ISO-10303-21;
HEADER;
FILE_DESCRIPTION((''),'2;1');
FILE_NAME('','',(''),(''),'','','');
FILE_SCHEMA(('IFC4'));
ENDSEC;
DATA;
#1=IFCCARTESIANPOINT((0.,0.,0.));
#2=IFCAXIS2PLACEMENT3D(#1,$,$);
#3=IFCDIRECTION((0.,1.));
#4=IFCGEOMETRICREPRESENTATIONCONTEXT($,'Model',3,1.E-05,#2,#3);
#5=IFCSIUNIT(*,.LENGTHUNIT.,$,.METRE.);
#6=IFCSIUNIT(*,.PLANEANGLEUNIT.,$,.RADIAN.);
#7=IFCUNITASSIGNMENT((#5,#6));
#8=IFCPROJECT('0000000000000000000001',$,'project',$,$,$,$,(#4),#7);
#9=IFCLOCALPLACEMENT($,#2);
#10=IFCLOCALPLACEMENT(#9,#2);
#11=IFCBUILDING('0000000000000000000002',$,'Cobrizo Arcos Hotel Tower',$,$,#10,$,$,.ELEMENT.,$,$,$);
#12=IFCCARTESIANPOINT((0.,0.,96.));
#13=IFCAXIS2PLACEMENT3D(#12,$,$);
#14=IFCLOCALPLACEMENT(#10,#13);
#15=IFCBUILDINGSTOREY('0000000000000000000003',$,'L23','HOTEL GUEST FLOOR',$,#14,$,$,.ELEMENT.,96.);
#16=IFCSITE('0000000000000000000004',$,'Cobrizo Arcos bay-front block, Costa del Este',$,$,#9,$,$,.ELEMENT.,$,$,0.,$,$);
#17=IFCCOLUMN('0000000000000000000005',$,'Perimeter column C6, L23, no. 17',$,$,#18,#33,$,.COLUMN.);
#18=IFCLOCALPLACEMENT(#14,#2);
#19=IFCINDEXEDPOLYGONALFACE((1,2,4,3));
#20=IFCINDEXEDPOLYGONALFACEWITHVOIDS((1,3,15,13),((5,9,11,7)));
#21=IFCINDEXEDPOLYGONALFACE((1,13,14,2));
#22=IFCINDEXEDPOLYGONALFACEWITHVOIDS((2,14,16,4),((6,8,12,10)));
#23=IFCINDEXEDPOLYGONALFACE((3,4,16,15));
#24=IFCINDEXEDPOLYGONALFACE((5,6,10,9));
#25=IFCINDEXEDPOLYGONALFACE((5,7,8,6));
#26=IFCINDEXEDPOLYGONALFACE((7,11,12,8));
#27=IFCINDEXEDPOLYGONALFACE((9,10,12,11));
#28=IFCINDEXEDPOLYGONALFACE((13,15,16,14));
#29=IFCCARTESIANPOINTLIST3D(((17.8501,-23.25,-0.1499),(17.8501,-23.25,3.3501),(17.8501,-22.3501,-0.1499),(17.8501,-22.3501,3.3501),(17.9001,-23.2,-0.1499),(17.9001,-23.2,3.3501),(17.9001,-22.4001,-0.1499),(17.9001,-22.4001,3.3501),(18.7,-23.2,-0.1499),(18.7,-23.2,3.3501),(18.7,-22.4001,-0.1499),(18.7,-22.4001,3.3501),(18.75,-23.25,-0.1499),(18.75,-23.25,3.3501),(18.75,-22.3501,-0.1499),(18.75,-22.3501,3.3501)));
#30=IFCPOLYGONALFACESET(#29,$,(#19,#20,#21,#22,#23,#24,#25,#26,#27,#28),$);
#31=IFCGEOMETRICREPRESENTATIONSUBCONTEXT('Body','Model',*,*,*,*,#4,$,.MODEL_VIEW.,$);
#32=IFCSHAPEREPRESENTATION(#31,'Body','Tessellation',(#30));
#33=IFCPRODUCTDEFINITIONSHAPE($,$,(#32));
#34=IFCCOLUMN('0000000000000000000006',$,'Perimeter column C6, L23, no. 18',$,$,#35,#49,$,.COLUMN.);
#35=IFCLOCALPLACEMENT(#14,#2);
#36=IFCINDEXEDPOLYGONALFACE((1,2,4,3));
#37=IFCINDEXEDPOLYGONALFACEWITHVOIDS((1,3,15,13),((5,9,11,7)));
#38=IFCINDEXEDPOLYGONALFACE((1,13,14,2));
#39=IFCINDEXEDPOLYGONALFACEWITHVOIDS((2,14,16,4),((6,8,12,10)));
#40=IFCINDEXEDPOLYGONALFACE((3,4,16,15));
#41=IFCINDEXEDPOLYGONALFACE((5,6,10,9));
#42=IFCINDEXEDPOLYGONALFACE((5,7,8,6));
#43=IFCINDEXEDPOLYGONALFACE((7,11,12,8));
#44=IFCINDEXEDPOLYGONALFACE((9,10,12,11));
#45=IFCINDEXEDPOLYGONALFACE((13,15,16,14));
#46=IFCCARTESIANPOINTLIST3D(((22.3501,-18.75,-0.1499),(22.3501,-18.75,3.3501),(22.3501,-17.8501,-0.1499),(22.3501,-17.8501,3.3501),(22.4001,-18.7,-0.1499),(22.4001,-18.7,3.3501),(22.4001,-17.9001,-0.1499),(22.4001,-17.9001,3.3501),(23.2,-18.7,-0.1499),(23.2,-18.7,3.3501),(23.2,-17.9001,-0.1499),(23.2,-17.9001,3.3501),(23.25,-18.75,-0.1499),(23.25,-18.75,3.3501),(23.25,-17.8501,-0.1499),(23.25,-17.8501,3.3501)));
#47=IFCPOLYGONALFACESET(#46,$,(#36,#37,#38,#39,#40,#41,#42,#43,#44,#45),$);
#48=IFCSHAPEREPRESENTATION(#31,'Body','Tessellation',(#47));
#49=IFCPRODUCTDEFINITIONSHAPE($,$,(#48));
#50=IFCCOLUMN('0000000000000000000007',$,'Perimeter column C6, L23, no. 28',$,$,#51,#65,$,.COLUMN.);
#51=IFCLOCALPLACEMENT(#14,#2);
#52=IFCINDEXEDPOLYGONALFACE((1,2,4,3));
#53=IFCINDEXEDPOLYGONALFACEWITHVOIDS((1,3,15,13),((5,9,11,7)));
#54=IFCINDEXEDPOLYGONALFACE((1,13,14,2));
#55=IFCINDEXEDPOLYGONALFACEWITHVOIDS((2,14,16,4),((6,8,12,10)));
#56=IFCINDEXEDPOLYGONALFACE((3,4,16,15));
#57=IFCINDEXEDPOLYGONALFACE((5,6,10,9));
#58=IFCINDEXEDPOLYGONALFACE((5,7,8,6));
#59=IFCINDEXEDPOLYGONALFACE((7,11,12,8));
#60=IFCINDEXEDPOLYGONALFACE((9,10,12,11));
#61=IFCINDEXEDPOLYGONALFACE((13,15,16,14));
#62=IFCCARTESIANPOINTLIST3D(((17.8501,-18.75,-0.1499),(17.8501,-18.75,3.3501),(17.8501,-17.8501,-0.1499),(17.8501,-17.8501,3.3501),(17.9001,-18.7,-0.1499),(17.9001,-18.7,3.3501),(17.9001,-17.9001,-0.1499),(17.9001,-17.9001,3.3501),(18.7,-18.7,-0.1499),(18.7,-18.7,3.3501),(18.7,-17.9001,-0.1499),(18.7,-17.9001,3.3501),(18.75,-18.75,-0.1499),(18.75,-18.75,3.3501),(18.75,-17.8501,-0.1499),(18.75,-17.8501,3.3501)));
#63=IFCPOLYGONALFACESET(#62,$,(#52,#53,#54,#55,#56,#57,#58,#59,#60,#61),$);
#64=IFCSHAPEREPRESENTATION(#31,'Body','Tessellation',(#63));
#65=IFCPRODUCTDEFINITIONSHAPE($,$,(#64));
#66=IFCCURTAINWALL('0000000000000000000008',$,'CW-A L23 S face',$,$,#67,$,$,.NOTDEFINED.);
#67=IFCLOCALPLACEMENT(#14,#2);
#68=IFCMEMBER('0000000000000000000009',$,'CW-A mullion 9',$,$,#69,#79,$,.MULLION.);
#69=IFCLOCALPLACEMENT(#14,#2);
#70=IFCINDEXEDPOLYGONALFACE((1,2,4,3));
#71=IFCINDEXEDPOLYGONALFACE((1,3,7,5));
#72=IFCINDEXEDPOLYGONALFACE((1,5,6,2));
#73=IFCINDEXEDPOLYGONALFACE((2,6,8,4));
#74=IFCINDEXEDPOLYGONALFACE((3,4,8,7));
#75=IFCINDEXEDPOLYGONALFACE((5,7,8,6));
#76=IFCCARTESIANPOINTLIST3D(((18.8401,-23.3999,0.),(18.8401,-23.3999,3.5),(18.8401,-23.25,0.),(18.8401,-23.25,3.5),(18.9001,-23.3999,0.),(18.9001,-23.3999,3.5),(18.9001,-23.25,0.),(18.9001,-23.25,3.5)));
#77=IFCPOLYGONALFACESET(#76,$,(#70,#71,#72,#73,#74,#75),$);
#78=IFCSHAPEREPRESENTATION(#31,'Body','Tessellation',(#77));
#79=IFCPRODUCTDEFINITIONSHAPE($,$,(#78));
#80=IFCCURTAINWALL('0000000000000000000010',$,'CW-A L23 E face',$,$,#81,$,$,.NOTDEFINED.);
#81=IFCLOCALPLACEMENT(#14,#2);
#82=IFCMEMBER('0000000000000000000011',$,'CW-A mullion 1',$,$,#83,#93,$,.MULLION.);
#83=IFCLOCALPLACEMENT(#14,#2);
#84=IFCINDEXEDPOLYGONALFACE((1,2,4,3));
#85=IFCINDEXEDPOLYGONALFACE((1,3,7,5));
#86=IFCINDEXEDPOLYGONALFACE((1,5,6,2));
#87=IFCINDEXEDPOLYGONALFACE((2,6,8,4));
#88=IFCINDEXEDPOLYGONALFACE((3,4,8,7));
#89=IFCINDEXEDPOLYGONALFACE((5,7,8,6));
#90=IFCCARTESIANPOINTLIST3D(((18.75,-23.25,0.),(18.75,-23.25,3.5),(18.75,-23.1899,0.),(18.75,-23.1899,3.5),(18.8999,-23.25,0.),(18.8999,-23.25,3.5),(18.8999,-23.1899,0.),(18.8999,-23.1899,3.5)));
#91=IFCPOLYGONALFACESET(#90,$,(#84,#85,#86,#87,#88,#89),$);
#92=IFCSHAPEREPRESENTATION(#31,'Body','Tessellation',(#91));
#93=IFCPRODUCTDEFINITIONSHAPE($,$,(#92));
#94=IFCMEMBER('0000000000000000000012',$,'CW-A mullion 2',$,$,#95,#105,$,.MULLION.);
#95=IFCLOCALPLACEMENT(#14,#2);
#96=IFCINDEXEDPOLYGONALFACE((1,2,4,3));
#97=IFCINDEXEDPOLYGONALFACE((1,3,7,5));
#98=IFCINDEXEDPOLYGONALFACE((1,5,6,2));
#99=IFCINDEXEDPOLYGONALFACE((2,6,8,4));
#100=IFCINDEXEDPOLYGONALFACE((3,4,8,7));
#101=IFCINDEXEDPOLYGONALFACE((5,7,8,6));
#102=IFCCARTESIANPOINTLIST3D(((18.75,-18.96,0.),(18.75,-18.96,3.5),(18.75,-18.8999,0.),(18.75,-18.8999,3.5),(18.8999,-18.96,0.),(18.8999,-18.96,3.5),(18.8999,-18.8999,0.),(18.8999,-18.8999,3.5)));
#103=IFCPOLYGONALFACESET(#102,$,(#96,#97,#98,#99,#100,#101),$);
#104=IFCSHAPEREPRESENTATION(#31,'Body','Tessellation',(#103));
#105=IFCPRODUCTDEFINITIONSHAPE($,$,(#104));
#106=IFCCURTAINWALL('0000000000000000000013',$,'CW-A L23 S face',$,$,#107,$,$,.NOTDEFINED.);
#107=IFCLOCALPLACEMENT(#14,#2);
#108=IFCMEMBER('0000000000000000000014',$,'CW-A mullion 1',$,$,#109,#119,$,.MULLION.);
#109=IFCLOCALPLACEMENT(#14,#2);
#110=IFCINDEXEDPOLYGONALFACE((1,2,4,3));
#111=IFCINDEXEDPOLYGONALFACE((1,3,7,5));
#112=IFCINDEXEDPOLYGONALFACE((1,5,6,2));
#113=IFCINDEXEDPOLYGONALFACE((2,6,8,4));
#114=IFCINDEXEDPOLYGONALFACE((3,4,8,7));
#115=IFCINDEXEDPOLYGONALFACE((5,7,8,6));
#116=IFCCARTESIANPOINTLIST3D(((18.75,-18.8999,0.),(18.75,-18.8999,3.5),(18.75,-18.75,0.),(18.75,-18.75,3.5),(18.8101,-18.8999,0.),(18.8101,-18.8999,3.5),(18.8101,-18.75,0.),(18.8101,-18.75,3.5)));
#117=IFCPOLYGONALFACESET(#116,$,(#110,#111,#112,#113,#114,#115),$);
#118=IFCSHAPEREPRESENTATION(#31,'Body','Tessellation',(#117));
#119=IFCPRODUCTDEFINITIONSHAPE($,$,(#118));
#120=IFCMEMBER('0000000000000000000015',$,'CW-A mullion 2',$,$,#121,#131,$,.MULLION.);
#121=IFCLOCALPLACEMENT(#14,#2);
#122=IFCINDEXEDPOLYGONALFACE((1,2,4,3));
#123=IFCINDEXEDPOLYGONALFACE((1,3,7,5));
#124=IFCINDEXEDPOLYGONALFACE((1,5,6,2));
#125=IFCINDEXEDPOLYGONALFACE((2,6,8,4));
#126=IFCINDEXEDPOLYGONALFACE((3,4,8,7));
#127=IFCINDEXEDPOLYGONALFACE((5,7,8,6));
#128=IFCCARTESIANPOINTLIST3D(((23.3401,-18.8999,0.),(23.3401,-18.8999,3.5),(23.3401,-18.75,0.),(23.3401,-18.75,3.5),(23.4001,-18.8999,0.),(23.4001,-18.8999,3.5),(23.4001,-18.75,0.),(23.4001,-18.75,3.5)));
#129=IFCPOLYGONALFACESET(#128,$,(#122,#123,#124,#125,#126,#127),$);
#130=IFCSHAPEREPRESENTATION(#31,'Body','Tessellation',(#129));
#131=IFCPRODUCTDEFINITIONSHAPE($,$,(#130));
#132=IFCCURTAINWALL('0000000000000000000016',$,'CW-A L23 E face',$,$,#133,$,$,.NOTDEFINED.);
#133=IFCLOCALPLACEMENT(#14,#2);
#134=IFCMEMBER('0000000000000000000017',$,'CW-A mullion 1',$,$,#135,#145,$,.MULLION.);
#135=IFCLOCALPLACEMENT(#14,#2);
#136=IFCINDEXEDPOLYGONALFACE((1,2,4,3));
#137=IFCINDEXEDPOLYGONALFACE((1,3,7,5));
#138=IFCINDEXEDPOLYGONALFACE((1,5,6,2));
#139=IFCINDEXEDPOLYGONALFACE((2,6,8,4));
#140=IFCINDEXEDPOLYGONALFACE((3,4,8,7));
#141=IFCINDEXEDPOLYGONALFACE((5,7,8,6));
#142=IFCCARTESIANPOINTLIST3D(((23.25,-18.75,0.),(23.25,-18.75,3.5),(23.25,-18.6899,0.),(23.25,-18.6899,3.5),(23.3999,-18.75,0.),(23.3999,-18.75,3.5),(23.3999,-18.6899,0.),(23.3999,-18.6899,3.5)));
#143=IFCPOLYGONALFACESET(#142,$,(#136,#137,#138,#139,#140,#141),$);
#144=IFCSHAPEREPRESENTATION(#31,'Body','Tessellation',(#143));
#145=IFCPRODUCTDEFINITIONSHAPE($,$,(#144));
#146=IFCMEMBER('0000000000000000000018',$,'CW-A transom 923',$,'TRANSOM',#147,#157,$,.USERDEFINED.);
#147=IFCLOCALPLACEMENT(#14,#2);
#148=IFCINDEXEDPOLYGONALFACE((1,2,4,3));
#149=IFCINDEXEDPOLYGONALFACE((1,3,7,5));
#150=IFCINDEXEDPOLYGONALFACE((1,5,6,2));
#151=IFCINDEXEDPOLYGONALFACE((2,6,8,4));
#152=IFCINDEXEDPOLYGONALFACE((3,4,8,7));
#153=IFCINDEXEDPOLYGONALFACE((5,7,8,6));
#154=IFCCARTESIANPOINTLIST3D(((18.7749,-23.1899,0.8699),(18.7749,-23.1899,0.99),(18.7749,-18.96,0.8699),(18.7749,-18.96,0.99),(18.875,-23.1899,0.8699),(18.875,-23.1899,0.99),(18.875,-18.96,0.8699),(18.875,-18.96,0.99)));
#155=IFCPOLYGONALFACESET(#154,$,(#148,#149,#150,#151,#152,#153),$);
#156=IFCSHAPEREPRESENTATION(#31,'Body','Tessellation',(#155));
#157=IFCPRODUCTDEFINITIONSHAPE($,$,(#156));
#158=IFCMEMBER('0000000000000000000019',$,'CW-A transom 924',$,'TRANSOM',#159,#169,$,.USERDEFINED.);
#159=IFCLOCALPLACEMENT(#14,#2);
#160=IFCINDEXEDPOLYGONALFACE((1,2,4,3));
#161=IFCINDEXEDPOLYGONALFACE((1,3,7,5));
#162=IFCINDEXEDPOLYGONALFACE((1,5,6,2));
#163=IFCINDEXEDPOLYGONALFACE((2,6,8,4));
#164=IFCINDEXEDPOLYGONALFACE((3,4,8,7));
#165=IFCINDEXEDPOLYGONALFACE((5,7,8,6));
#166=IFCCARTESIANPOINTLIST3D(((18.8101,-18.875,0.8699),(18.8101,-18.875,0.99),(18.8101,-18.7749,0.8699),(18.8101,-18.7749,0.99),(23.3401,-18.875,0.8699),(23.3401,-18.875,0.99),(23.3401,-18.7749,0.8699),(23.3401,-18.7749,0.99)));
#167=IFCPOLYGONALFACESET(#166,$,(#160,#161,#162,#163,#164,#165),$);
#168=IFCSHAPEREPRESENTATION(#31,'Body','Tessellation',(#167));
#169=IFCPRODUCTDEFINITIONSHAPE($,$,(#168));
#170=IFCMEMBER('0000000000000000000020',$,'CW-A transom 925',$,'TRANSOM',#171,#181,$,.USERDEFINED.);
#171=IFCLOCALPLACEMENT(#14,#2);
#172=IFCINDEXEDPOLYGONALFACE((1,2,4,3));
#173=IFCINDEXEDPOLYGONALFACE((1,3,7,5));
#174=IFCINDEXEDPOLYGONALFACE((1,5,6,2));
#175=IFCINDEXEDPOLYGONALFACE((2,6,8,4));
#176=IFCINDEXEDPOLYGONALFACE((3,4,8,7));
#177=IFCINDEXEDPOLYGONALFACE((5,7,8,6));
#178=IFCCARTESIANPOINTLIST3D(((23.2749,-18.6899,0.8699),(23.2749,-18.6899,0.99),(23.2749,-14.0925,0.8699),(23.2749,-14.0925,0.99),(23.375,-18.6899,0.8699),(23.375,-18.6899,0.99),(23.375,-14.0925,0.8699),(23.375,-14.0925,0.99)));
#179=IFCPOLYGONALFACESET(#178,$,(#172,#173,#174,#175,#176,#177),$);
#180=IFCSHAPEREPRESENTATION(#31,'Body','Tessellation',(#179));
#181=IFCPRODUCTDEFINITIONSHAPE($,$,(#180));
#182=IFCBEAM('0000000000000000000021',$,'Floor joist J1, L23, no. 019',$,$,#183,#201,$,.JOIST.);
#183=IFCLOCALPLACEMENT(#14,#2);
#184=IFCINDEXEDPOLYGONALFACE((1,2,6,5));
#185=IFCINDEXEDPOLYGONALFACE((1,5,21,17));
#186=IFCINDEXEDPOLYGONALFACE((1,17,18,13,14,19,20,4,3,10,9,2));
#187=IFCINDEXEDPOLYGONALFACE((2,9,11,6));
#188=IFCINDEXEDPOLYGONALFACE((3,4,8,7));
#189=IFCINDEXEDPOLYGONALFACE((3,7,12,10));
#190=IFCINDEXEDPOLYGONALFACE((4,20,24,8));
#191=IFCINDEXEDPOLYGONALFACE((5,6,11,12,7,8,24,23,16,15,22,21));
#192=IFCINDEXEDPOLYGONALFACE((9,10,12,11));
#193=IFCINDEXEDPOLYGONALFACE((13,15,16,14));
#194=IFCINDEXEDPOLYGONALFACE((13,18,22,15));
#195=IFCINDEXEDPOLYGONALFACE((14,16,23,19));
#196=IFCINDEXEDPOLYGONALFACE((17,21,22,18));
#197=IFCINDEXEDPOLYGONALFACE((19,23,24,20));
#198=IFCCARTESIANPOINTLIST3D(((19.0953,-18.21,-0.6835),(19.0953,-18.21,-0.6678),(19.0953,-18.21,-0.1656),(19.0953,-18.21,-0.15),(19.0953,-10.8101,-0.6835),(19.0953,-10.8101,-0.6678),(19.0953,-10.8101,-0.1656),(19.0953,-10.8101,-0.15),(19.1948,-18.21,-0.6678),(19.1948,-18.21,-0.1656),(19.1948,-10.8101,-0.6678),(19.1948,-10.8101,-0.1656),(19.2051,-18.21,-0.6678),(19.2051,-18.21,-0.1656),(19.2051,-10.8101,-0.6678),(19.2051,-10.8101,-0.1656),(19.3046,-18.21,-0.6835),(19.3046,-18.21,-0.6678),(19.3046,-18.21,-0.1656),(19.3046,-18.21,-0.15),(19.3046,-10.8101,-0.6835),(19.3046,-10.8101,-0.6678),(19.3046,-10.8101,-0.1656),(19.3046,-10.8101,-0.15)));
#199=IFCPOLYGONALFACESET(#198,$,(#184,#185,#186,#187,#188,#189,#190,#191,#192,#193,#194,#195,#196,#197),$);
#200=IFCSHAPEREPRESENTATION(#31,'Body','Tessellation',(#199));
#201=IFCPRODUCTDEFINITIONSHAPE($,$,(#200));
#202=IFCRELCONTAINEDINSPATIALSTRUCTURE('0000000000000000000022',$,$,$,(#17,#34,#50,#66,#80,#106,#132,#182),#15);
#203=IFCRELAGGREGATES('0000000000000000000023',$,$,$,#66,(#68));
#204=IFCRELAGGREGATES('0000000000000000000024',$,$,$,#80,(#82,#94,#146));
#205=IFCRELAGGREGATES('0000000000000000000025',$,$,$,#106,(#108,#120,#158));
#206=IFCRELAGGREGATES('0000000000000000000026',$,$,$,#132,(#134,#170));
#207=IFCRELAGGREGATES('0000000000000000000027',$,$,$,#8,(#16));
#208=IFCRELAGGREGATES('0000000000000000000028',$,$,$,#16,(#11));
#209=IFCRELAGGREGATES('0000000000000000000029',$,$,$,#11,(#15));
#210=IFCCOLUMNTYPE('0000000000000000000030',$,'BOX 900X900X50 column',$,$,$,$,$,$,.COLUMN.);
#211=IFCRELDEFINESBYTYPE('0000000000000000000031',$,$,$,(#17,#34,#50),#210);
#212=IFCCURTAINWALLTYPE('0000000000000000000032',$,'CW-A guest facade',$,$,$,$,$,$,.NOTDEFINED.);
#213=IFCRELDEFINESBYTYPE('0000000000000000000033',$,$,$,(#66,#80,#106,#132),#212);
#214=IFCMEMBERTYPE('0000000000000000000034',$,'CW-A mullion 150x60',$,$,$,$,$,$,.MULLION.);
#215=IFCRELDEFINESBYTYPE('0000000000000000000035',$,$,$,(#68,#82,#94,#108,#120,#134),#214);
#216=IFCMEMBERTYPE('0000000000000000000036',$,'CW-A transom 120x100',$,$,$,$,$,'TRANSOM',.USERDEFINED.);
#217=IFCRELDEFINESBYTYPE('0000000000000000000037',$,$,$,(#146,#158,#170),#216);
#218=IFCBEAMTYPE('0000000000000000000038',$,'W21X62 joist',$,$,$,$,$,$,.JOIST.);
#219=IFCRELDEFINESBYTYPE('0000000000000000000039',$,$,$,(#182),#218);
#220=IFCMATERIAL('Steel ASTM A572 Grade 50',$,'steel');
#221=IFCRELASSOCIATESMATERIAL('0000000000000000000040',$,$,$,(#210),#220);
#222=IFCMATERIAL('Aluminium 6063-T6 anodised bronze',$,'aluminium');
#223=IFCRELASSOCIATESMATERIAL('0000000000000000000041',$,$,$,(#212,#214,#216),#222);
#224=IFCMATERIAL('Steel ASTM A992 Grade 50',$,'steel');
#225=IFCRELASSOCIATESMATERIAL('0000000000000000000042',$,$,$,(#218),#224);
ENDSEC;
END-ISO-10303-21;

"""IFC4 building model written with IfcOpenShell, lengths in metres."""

from ifc_helpers import new_model, si_unit, direction, frame, origin, origin_2d, place, context, subcontext, project, spatial, rectangle, hollow_rectangle, i_section, extrude, material, material_profile, profile_set, type_object, element, aggregate, save


model = new_model("IFC4")

# Units and contexts
model_context = context("Model", 3, precision=1e-05, world=origin(), true_north=direction((0.0, 1.0)))
body_context = subcontext(model_context, "Body", "Model", "MODEL_VIEW")
ifc_project = project(units=[si_unit("LENGTHUNIT", "METRE"), si_unit("PLANEANGLEUNIT", "RADIAN")], contexts=[model_context])

# Site, building, storey
site_placement = place(None, origin())
site = spatial("IfcSite", under=ifc_project, at=site_placement, Name="Cobrizo Arcos bay-front block, Costa del Este", CompositionType="ELEMENT", RefElevation=0.0)
building_placement = place(site_placement, origin())
building = spatial("IfcBuilding", under=site, at=building_placement, Name="Cobrizo Arcos Hotel Tower", CompositionType="ELEMENT")
storey_placement = place(building_placement, frame((0.0, 0.0, 96.0)))
storey = spatial("IfcBuildingStorey", under=building, at=storey_placement, Name="L23", Description="HOTEL GUEST FLOOR", CompositionType="ELEMENT", Elevation=96.0)

# Columns
ifc_material_1 = material(Name="Steel ASTM A572 Grade 50", Category="steel")
ifc_material_profile_1 = material_profile(ifc_material_1, hollow_rectangle(XDim=0.8999, YDim=0.8999, WallThickness=0.05, at=origin_2d()), Name="BOX 900X900X50")
ifc_profile_set_1 = profile_set([ifc_material_profile_1], Name="Steel ASTM A572 Grade 50")
column_type = type_object("IfcColumnType", Name="BOX 900X900X50 column", PredefinedType="COLUMN", material=ifc_profile_set_1)
for number, where, z_axis, x_axis, name in (
    (1, (18.3, -22.8, -0.1499), (0.0, 0.0, 1.0), (1.0, 0.0, 0.0), "Perimeter column C6, L23, no. 17"),
    (2, (22.8, -18.3, -0.1499), (0.0, 0.0, 1.0), (1.0, 0.0, 0.0), "Perimeter column C6, L23, no. 18"),
    (3, (18.3, -18.3, -0.1499), (0.0, 0.0, 1.0), (1.0, 0.0, 0.0), "Perimeter column C6, L23, no. 28"),
):
    element("IfcColumn", number, at=place(storey_placement, frame(where, z_axis=z_axis, x_axis=x_axis)), inside=storey, type_object=column_type, Name=name, PredefinedType="COLUMN", context=body_context, shape_type="SweptSolid", body=[
        extrude(hollow_rectangle(XDim=0.8999, YDim=0.8999, WallThickness=0.05, at=origin_2d()), origin(), (0.0, 0.0, 1.0), 3.5),
    ])

# Curtain wall, member
ifc_material_2 = material(Name="Aluminium 6063-T6 anodised bronze", Category="aluminium")
curtain_wall_type = type_object("IfcCurtainWallType", Name="CW-A guest facade", PredefinedType="NOTDEFINED", material=ifc_material_2)
curtain_wall_1_placement = place(storey_placement, origin())
curtain_wall_1 = element("IfcCurtainWall", 4, at=curtain_wall_1_placement, inside=storey, type_object=curtain_wall_type, Name="CW-A L23 S face", PredefinedType="NOTDEFINED")
ifc_material_profile_2 = material_profile(ifc_material_2, rectangle(XDim=0.1499, YDim=0.0601, at=origin_2d()), Name="CW-A mullion 150x60")
ifc_profile_set_2 = profile_set([ifc_material_profile_2], Name="Aluminium 6063-T6 anodised bronze")
member_type_1 = type_object("IfcMemberType", Name="CW-A mullion 150x60", PredefinedType="MULLION", material=ifc_profile_set_2)
member_1_placement = place(storey_placement, frame((18.8701, -23.325, 0.0), z_axis=(0.0, 0.0, 1.0), x_axis=(0.0, -1.0, 0.0)))
member_1 = element("IfcMember", 5, at=member_1_placement, type_object=member_type_1, Name="CW-A mullion 9", PredefinedType="MULLION", context=body_context, shape_type="SweptSolid", body=[
    extrude(rectangle(XDim=0.1499, YDim=0.0601, at=origin_2d()), origin(), (0.0, 0.0, 1.0), 3.5),
])

# Curtain walls, members
curtain_wall_2_placement = place(storey_placement, origin())
curtain_wall_2 = element("IfcCurtainWall", 6, at=curtain_wall_2_placement, inside=storey, type_object=curtain_wall_type, Name="CW-A L23 E face", PredefinedType="NOTDEFINED")
member_2_placement = place(storey_placement, frame((18.825, -23.22, 0.0), z_axis=(0.0, 0.0, 1.0), x_axis=(1.0, 0.0, 0.0)))
member_2 = element("IfcMember", 7, at=member_2_placement, type_object=member_type_1, Name="CW-A mullion 1", PredefinedType="MULLION", context=body_context, shape_type="SweptSolid", body=[
    extrude(rectangle(XDim=0.1499, YDim=0.0601, at=origin_2d()), origin(), (0.0, 0.0, 1.0), 3.5),
])
member_3_placement = place(storey_placement, frame((18.825, -18.9299, 0.0), z_axis=(0.0, 0.0, 1.0), x_axis=(1.0, 0.0, 0.0)))
member_3 = element("IfcMember", 8, at=member_3_placement, type_object=member_type_1, Name="CW-A mullion 2", PredefinedType="MULLION", context=body_context, shape_type="SweptSolid", body=[
    extrude(rectangle(XDim=0.1499, YDim=0.0601, at=origin_2d()), origin(), (0.0, 0.0, 1.0), 3.5),
])
curtain_wall_3_placement = place(storey_placement, origin())
curtain_wall_3 = element("IfcCurtainWall", 9, at=curtain_wall_3_placement, inside=storey, type_object=curtain_wall_type, Name="CW-A L23 S face", PredefinedType="NOTDEFINED")
member_4_placement = place(storey_placement, frame((18.78, -18.825, 0.0), z_axis=(0.0, 0.0, 1.0), x_axis=(0.0, -1.0, 0.0)))
member_4 = element("IfcMember", 10, at=member_4_placement, type_object=member_type_1, Name="CW-A mullion 1", PredefinedType="MULLION", context=body_context, shape_type="SweptSolid", body=[
    extrude(rectangle(XDim=0.1499, YDim=0.0601, at=origin_2d()), origin(), (0.0, 0.0, 1.0), 3.5),
])
member_5_placement = place(storey_placement, frame((23.3701, -18.825, 0.0), z_axis=(0.0, 0.0, 1.0), x_axis=(0.0, -1.0, 0.0)))
member_5 = element("IfcMember", 11, at=member_5_placement, type_object=member_type_1, Name="CW-A mullion 2", PredefinedType="MULLION", context=body_context, shape_type="SweptSolid", body=[
    extrude(rectangle(XDim=0.1499, YDim=0.0601, at=origin_2d()), origin(), (0.0, 0.0, 1.0), 3.5),
])

# Curtain wall, member
curtain_wall_4_placement = place(storey_placement, origin())
curtain_wall_4 = element("IfcCurtainWall", 12, at=curtain_wall_4_placement, inside=storey, type_object=curtain_wall_type, Name="CW-A L23 E face", PredefinedType="NOTDEFINED")
member_6_placement = place(storey_placement, frame((23.325, -18.72, 0.0), z_axis=(0.0, 0.0, 1.0), x_axis=(1.0, 0.0, 0.0)))
member_6 = element("IfcMember", 13, at=member_6_placement, type_object=member_type_1, Name="CW-A mullion 1", PredefinedType="MULLION", context=body_context, shape_type="SweptSolid", body=[
    extrude(rectangle(XDim=0.1499, YDim=0.0601, at=origin_2d()), origin(), (0.0, 0.0, 1.0), 3.5),
])

# Members
ifc_material_profile_3 = material_profile(ifc_material_2, rectangle(XDim=0.1001, YDim=0.1201, at=origin_2d()), Name="CW-A transom 120x100")
ifc_profile_set_3 = profile_set([ifc_material_profile_3], Name="Aluminium 6063-T6 anodised bronze")
member_type_2 = type_object("IfcMemberType", Name="CW-A transom 120x100", ElementType="TRANSOM", PredefinedType="USERDEFINED", material=ifc_profile_set_3)
member_7_placement = place(storey_placement, frame((18.825, -23.1899, 0.9299), z_axis=(0.0, 1.0, 0.0), x_axis=(-1.0, 0.0, 0.0)))
member_7 = element("IfcMember", 14, at=member_7_placement, type_object=member_type_2, Name="CW-A transom 923", ObjectType="TRANSOM", PredefinedType="USERDEFINED", context=body_context, shape_type="SweptSolid", body=[
    extrude(rectangle(XDim=0.1001, YDim=0.1201, at=origin_2d()), origin(), (0.0, 0.0, 1.0), 4.23),
])
member_8_placement = place(storey_placement, frame((18.8101, -18.825, 0.9299), z_axis=(1.0, 0.0, 0.0), x_axis=(0.0, 1.0, 0.0)))
member_8 = element("IfcMember", 15, at=member_8_placement, type_object=member_type_2, Name="CW-A transom 924", ObjectType="TRANSOM", PredefinedType="USERDEFINED", context=body_context, shape_type="SweptSolid", body=[
    extrude(rectangle(XDim=0.1001, YDim=0.1201, at=origin_2d()), origin(), (0.0, 0.0, 1.0), 4.53),
])
member_9_placement = place(storey_placement, frame((23.325, -18.6899, 0.9299), z_axis=(0.0, 1.0, 0.0), x_axis=(-1.0, 0.0, 0.0)))
member_9 = element("IfcMember", 16, at=member_9_placement, type_object=member_type_2, Name="CW-A transom 925", ObjectType="TRANSOM", PredefinedType="USERDEFINED", context=body_context, shape_type="SweptSolid", body=[
    extrude(rectangle(XDim=0.1001, YDim=0.1201, at=origin_2d()), origin(), (0.0, 0.0, 1.0), 4.5974),
])

# Beam
ifc_material_3 = material(Name="Steel ASTM A992 Grade 50", Category="steel")
ifc_material_profile_4 = material_profile(ifc_material_3, i_section(OverallWidth=0.2092, OverallDepth=0.5334, WebThickness=0.0103, FlangeThickness=0.0156, at=origin_2d()), Name="W21X62")
ifc_profile_set_4 = profile_set([ifc_material_profile_4], Name="Steel ASTM A992 Grade 50")
beam_type_1 = type_object("IfcBeamType", Name="W21X62 joist", PredefinedType="JOIST", material=ifc_profile_set_4)
beam_1_placement = place(storey_placement, frame((19.2, -18.21, -0.4167), z_axis=(0.0, 1.0, 0.0), x_axis=(-1.0, 0.0, 0.0)))
element("IfcBeam", 17, at=beam_1_placement, inside=storey, type_object=beam_type_1, Name="Floor joist J1, L23, no. 019", PredefinedType="JOIST", context=body_context, shape_type="SweptSolid", body=[
    extrude(i_section(OverallWidth=0.2092, OverallDepth=0.5334, WebThickness=0.0103, FlangeThickness=0.0156, at=origin_2d()), origin(), (0.0, 0.0, 1.0), 7.3999),
])

aggregate(curtain_wall_1, [member_1])
aggregate(curtain_wall_2, [member_2, member_3, member_7])
aggregate(curtain_wall_3, [member_4, member_5, member_8])
aggregate(curtain_wall_4, [member_6, member_9])

save(model, "model.ifc")
